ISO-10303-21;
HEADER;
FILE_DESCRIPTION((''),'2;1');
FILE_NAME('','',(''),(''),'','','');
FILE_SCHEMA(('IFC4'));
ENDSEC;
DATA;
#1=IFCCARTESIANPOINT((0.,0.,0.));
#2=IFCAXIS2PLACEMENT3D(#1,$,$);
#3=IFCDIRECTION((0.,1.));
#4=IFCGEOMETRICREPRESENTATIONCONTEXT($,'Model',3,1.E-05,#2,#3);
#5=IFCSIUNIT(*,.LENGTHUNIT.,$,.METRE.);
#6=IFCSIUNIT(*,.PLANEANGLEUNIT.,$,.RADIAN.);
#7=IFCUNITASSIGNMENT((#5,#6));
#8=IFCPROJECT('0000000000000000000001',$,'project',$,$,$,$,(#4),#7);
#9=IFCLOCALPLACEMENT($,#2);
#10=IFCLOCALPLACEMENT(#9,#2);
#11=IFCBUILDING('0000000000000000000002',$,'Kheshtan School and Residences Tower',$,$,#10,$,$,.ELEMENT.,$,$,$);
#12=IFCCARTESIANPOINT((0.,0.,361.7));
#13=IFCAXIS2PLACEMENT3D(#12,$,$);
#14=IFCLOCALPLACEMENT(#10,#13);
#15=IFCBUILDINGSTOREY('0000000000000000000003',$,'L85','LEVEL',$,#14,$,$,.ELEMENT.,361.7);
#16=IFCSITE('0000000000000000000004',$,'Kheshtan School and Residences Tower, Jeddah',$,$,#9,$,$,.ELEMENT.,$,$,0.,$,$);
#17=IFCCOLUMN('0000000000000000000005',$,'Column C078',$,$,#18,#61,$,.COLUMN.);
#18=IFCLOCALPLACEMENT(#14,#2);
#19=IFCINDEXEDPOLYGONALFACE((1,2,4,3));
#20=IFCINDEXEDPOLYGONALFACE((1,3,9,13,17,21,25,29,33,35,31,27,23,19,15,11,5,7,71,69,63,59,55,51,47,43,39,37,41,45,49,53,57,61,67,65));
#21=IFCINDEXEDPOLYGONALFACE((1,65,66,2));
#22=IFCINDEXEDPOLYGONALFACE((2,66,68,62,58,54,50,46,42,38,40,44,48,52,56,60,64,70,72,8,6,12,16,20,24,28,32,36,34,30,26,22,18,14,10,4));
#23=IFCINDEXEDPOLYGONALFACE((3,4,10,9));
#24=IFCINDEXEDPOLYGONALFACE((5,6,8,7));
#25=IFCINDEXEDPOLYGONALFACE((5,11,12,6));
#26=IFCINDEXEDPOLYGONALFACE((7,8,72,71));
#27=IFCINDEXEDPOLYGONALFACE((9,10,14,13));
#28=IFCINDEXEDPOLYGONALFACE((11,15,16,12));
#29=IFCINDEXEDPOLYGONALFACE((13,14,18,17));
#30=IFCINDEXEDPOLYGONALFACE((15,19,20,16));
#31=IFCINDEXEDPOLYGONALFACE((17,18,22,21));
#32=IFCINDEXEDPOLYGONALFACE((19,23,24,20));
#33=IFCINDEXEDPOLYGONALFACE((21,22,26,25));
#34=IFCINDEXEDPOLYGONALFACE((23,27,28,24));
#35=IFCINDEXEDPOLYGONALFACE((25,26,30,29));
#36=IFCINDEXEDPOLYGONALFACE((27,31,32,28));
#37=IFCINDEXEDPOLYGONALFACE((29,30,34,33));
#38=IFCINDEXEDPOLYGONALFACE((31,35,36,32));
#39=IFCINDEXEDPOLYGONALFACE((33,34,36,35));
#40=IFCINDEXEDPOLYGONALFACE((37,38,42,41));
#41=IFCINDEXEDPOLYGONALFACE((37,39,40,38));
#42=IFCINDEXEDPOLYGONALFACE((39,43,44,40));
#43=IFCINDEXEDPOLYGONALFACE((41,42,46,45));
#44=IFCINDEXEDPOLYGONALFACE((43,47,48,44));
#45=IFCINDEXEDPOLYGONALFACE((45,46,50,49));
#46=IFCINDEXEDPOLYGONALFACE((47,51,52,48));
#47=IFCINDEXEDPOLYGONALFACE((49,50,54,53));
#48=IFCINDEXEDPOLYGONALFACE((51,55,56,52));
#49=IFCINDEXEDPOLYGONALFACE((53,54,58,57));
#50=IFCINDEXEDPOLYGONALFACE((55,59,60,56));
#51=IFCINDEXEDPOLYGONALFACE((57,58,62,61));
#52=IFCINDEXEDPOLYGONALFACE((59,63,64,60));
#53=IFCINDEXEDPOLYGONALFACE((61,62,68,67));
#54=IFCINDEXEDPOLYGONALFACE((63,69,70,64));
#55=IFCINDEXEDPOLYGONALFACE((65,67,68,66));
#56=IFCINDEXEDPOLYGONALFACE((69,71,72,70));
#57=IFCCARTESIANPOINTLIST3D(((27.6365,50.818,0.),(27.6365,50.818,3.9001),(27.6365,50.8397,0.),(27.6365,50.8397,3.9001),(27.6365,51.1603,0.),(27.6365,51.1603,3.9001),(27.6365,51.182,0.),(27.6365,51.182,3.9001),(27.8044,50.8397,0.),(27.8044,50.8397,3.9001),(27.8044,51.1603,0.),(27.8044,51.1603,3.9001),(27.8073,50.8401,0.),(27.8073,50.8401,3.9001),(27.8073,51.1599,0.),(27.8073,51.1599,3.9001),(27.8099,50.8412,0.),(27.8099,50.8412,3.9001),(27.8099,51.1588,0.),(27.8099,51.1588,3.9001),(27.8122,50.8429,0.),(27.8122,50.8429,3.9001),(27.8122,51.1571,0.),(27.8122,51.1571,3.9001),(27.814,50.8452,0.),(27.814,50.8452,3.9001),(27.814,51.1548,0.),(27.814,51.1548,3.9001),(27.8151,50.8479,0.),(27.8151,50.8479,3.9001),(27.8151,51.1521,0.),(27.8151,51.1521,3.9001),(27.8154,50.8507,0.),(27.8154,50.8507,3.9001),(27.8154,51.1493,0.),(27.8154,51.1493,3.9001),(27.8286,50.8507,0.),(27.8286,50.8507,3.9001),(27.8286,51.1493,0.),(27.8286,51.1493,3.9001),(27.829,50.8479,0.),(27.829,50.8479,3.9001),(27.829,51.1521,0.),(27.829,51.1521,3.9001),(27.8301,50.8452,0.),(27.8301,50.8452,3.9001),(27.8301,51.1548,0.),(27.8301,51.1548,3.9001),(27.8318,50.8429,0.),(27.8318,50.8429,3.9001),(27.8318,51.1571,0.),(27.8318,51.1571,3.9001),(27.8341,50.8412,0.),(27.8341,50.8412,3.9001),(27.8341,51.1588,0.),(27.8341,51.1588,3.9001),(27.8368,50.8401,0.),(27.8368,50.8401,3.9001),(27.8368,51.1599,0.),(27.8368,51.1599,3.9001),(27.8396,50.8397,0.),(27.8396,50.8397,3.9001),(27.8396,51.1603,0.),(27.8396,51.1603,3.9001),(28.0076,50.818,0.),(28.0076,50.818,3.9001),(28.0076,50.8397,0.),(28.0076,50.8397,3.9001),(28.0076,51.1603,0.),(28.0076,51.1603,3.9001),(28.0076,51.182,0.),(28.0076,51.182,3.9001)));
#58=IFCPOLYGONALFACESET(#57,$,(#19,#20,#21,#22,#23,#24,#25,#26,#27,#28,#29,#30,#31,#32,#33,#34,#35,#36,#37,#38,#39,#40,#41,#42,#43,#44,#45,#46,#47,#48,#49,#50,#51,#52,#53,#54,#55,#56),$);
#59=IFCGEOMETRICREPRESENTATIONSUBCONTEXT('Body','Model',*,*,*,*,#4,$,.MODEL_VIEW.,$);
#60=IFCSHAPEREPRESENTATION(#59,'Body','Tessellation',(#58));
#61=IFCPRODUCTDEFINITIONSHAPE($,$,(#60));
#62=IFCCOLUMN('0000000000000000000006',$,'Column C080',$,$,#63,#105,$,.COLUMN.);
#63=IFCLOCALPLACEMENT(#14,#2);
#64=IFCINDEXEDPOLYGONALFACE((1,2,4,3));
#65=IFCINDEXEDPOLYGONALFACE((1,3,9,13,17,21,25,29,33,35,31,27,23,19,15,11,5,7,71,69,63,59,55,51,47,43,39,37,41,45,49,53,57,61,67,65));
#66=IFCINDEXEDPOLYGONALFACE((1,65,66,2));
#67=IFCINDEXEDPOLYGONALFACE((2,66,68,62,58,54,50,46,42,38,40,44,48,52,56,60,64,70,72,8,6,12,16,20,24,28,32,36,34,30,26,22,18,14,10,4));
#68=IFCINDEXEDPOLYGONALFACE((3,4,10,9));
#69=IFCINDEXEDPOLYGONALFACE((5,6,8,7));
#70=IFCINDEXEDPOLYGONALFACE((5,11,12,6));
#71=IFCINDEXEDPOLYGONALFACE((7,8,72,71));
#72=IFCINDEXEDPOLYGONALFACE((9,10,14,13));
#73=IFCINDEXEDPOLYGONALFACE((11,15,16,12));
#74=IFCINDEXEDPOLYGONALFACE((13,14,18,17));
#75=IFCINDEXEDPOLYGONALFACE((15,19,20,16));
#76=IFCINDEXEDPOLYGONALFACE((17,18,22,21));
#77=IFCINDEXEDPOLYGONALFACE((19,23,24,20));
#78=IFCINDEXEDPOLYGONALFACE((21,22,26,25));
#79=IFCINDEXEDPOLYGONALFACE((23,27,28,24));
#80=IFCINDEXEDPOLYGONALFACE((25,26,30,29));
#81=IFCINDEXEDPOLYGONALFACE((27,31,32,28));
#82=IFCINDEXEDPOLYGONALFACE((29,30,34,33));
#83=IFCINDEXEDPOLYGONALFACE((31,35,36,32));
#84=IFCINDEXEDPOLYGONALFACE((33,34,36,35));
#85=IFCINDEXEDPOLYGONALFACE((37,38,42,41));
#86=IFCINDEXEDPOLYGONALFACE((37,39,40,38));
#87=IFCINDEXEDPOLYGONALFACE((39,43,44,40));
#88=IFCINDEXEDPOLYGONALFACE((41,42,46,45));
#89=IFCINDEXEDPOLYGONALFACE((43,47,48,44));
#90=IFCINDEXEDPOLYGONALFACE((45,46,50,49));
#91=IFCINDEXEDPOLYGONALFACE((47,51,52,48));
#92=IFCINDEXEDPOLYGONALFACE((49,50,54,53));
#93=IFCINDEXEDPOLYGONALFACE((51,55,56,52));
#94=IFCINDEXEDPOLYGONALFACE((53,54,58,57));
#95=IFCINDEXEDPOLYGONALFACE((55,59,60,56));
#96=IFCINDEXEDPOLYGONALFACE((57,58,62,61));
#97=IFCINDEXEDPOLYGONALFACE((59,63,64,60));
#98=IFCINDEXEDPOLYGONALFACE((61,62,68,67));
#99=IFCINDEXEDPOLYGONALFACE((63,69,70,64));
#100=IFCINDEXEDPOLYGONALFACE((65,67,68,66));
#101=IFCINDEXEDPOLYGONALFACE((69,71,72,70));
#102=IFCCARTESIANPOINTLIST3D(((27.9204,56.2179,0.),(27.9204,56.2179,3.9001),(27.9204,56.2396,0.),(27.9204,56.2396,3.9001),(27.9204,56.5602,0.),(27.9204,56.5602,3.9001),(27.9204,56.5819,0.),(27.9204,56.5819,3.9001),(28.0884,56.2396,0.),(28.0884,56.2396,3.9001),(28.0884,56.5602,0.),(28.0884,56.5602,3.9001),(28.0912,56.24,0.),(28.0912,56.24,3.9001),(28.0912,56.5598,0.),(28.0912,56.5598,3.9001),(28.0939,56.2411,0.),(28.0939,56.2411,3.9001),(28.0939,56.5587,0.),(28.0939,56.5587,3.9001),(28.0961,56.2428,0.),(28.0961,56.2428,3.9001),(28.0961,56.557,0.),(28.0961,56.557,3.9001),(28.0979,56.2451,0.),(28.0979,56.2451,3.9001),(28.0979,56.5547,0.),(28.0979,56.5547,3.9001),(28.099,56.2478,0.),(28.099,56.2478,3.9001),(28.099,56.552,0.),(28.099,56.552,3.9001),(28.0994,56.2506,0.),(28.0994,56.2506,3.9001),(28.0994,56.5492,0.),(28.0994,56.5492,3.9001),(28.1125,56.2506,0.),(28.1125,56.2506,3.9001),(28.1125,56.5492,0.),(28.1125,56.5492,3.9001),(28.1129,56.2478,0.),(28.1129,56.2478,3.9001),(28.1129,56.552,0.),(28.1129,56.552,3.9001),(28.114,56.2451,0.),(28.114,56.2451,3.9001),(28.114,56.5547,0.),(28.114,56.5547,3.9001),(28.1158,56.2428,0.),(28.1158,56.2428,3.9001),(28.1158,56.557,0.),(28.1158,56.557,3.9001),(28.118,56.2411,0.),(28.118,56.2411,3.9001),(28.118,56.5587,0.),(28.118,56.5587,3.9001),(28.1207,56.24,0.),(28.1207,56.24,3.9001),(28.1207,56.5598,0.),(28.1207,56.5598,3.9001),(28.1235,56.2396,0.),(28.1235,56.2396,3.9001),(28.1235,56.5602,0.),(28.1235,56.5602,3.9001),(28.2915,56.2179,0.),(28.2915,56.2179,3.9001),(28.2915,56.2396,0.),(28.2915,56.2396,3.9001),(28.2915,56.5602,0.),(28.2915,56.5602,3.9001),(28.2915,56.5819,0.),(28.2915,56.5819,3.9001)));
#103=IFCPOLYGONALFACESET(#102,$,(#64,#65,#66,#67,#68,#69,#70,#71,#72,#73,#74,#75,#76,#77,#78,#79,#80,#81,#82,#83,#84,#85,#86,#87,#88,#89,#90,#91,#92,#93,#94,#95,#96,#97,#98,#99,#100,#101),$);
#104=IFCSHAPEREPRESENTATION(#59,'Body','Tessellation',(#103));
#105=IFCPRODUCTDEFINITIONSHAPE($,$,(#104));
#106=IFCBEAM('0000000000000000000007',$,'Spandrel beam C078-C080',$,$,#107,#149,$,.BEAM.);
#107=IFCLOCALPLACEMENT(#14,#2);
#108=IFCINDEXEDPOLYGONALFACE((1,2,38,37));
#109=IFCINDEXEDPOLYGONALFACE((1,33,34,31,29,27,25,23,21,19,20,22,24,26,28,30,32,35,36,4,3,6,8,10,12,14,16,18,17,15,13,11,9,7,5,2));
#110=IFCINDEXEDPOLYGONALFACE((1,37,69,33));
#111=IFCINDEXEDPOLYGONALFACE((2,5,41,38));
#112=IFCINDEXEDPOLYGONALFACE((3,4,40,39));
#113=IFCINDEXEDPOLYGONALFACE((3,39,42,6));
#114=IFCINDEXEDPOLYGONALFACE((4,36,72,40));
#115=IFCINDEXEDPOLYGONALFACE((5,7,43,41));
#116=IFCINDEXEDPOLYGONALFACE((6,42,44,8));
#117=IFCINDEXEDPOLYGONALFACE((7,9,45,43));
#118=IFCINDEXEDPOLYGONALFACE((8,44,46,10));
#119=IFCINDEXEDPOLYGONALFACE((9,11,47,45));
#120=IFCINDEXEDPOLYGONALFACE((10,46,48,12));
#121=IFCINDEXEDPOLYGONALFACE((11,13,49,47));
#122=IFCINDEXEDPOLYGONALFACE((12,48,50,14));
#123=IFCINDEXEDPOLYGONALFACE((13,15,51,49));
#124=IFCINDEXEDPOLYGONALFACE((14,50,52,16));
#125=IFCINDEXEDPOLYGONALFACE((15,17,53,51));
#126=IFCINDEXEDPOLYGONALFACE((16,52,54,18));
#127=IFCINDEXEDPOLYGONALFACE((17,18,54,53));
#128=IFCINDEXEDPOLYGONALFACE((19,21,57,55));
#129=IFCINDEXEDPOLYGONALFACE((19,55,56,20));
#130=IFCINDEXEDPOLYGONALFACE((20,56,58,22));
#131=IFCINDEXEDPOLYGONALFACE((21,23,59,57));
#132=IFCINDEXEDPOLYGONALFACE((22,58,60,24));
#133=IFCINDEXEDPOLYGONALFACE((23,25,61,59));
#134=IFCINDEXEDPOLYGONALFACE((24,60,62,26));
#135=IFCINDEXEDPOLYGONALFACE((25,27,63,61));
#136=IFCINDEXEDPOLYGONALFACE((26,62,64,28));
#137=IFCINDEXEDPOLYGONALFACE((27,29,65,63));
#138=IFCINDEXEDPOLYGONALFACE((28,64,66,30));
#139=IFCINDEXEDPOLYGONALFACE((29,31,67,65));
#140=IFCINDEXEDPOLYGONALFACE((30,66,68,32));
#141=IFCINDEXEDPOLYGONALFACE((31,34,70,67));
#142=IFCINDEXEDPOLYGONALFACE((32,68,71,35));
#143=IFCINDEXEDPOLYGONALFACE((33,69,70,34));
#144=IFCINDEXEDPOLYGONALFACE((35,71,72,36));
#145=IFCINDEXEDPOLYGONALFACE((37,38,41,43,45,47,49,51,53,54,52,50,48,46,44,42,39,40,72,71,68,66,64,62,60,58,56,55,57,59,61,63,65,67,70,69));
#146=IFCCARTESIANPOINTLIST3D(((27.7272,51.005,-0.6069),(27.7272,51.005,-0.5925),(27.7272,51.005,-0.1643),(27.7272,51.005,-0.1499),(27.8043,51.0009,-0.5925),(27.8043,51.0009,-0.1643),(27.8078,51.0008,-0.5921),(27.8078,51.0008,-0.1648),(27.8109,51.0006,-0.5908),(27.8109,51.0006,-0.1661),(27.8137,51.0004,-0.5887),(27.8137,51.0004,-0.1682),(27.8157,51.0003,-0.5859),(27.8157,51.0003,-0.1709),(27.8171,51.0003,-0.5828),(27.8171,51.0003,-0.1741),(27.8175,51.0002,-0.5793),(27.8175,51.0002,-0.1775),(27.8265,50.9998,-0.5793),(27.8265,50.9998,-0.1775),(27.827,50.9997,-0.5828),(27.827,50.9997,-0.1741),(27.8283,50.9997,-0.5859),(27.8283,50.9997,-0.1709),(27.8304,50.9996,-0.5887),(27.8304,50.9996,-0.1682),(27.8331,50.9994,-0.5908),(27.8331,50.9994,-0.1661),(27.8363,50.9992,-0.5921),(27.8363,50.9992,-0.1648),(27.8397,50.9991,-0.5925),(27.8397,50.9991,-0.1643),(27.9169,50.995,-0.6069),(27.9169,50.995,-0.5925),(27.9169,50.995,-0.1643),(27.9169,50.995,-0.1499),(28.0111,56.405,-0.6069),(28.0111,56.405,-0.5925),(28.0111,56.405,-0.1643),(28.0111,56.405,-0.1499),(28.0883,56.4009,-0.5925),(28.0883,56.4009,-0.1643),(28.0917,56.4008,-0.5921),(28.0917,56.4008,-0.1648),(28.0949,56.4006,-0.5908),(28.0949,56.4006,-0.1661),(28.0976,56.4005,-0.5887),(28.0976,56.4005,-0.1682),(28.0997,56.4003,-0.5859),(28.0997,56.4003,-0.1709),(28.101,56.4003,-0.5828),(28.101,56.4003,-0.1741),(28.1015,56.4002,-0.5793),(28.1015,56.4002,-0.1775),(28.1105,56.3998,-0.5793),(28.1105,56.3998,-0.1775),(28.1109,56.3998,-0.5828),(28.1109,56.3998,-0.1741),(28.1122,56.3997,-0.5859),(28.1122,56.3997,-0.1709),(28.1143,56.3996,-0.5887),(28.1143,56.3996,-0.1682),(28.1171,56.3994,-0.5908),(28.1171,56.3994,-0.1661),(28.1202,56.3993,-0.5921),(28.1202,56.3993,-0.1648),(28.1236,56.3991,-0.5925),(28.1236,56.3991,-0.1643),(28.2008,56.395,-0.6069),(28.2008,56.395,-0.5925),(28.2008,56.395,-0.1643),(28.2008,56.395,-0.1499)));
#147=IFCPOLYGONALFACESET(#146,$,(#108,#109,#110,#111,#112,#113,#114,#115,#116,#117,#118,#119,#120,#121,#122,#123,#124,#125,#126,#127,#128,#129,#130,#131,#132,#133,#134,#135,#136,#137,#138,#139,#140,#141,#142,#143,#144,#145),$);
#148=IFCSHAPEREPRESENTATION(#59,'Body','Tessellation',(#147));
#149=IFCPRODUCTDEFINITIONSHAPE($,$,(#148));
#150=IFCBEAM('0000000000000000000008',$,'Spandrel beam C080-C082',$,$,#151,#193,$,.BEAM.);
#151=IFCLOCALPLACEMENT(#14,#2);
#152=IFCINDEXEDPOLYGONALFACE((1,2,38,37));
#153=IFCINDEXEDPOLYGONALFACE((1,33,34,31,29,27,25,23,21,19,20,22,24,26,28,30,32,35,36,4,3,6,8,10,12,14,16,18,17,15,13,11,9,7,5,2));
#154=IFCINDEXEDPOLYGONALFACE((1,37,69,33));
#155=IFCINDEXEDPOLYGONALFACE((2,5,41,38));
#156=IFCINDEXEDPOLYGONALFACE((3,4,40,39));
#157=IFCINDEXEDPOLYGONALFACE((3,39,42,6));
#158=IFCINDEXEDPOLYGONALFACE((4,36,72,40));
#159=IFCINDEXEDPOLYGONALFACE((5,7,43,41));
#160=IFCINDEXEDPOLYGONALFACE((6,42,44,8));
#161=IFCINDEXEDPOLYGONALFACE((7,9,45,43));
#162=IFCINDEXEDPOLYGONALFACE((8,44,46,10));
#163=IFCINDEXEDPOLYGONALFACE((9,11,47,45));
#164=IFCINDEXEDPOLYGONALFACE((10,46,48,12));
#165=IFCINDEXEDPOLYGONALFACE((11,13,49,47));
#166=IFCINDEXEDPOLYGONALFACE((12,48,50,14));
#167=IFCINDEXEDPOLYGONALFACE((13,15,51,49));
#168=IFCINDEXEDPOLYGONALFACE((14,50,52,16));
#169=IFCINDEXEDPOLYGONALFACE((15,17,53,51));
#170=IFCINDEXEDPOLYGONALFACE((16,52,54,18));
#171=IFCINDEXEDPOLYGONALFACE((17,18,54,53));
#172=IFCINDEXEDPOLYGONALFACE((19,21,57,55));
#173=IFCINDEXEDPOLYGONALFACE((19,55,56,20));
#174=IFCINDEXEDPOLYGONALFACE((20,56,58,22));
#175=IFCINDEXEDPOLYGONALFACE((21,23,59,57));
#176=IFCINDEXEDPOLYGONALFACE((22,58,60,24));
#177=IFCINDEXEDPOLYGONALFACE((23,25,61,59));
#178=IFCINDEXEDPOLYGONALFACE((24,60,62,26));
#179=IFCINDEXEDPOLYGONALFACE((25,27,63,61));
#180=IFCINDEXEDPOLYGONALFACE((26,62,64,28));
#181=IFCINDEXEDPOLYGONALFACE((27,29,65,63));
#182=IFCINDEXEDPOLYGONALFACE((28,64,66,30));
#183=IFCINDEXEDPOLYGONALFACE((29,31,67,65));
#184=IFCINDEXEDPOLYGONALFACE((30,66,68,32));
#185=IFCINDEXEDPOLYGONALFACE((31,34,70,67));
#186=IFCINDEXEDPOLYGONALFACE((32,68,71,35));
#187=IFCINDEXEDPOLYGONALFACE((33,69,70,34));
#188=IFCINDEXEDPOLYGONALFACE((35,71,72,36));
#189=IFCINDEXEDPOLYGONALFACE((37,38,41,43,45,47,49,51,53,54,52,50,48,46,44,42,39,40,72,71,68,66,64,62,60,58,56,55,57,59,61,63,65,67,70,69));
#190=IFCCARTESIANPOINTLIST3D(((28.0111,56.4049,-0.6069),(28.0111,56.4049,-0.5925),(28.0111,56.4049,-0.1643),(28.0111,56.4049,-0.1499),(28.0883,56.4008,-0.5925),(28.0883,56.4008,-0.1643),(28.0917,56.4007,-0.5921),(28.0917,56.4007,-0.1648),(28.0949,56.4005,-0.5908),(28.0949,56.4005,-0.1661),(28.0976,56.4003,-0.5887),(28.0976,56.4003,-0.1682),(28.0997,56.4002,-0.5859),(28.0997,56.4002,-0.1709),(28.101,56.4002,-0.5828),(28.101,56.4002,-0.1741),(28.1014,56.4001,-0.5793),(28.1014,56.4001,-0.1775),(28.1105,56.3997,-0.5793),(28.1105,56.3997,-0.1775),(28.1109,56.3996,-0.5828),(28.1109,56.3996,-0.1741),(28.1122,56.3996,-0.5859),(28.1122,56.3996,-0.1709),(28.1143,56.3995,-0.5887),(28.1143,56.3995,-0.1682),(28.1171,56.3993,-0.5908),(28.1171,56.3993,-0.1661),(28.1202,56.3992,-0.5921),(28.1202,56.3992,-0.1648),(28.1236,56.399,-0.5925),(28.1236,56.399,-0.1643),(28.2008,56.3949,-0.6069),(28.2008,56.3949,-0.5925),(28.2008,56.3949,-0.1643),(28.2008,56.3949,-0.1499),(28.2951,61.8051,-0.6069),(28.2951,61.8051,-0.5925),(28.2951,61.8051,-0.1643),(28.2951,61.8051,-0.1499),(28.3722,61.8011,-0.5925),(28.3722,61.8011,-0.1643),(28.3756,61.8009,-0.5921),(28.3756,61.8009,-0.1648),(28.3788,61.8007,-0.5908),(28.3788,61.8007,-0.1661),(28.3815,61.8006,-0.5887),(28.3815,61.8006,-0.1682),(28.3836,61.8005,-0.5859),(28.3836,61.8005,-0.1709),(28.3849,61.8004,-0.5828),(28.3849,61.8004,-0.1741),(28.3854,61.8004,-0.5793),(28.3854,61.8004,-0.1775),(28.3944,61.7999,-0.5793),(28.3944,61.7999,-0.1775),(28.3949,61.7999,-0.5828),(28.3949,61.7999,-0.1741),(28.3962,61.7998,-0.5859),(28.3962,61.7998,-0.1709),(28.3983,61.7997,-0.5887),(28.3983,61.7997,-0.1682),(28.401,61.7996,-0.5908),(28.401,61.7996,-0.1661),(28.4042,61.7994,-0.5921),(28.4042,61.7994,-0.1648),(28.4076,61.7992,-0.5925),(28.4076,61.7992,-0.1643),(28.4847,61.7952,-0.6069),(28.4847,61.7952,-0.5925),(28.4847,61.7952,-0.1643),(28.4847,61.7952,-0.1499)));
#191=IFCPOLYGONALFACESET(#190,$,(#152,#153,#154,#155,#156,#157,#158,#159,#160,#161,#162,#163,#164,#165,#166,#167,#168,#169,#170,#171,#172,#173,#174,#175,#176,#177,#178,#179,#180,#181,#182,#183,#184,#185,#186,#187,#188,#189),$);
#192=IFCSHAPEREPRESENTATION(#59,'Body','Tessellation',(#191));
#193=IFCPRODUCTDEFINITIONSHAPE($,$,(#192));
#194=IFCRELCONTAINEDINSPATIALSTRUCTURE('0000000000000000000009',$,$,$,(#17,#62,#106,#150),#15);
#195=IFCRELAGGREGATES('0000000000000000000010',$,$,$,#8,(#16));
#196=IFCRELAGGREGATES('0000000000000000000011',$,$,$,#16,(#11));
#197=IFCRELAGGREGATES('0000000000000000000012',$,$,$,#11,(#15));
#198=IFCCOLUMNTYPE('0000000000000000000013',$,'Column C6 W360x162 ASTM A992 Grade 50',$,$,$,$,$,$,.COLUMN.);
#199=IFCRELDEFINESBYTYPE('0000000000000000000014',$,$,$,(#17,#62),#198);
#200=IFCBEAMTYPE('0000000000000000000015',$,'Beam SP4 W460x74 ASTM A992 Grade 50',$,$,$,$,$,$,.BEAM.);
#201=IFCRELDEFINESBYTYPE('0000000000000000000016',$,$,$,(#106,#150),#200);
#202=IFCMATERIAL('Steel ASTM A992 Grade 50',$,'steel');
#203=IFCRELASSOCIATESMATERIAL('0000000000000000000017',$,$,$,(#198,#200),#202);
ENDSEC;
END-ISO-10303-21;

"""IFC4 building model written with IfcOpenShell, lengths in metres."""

from ifc_helpers import new_model, si_unit, direction, frame, origin, origin_2d, place, context, subcontext, project, spatial, i_section, extrude, material, material_profile, profile_set, type_object, element, save


model = new_model("IFC4")

# Units and contexts
model_context = context("Model", 3, precision=1e-05, world=origin(), true_north=direction((0.0, 1.0)))
body_context = subcontext(model_context, "Body", "Model", "MODEL_VIEW")
ifc_project = project(units=[si_unit("LENGTHUNIT", "METRE"), si_unit("PLANEANGLEUNIT", "RADIAN")], contexts=[model_context])

# Site, building, storey
site_placement = place(None, origin())
site = spatial("IfcSite", under=ifc_project, at=site_placement, Name="Kheshtan School and Residences Tower, Jeddah", CompositionType="ELEMENT", RefElevation=0.0)
building_placement = place(site_placement, origin())
building = spatial("IfcBuilding", under=site, at=building_placement, Name="Kheshtan School and Residences Tower", CompositionType="ELEMENT")
storey_placement = place(building_placement, frame((0.0, 0.0, 361.7)))
storey = spatial("IfcBuildingStorey", under=building, at=storey_placement, Name="L85", Description="LEVEL", CompositionType="ELEMENT", Elevation=361.7)

# Columns
ifc_material_1 = material(Name="Steel ASTM A992 Grade 50", Category="steel")
ifc_material_profile_1 = material_profile(ifc_material_1, i_section(OverallWidth=0.3711, OverallDepth=0.364, WebThickness=0.0132, FlangeThickness=0.0217, FilletRadius=0.011, at=origin_2d()), Name="W360x162")
ifc_profile_set_1 = profile_set([ifc_material_profile_1], Name="Steel ASTM A992 Grade 50")
column_type = type_object("IfcColumnType", Name="Column C6 W360x162 ASTM A992 Grade 50", PredefinedType="COLUMN", material=ifc_profile_set_1)
for number, where, z_axis, x_axis, name in (
    (1, (27.822, 51.0, 0.0), (0.0, 0.0, 1.0), (1.0, 0.0, 0.0), "Column C078"),
    (2, (28.106, 56.3999, 0.0), (0.0, 0.0, 1.0), (1.0, 0.0, 0.0), "Column C080"),
):
    element("IfcColumn", number, at=place(storey_placement, frame(where, z_axis=z_axis, x_axis=x_axis)), inside=storey, type_object=column_type, Name=name, PredefinedType="COLUMN", context=body_context, shape_type="SweptSolid", body=[
        extrude(i_section(OverallWidth=0.3711, OverallDepth=0.364, WebThickness=0.0132, FlangeThickness=0.0217, FilletRadius=0.011, at=origin_2d()), origin(), (0.0, 0.0, 1.0), 3.9001),
    ])

# Beams
ifc_material_profile_2 = material_profile(ifc_material_1, i_section(OverallWidth=0.1899, OverallDepth=0.457, WebThickness=0.009, FlangeThickness=0.0144, FilletRadius=0.0132, at=origin_2d()), Name="W460x74")
ifc_profile_set_2 = profile_set([ifc_material_profile_2], Name="Steel ASTM A992 Grade 50")
beam_type = type_object("IfcBeamType", Name="Beam SP4 W460x74 ASTM A992 Grade 50", PredefinedType="BEAM", material=ifc_profile_set_2)
beam_1_placement = place(storey_placement, frame((27.822, 51.0, -0.3784), z_axis=(0.052509, 0.99862, 0.0), x_axis=(-0.99862, 0.052509, 0.0)))
element("IfcBeam", 3, at=beam_1_placement, inside=storey, type_object=beam_type, Name="Spandrel beam C078-C080", PredefinedType="BEAM", context=body_context, shape_type="SweptSolid", body=[
    extrude(i_section(OverallWidth=0.1899, OverallDepth=0.457, WebThickness=0.009, FlangeThickness=0.0144, FilletRadius=0.0132, at=origin_2d()), origin(), (0.0, 0.0, 1.0), 5.4075),
])
beam_2_placement = place(storey_placement, frame((28.106, 56.3999, -0.3784), z_axis=(0.052507, 0.998621, 0.0), x_axis=(-0.998621, 0.052507, 0.0)))
element("IfcBeam", 4, at=beam_2_placement, inside=storey, type_object=beam_type, Name="Spandrel beam C080-C082", PredefinedType="BEAM", context=body_context, shape_type="SweptSolid", body=[
    extrude(i_section(OverallWidth=0.1899, OverallDepth=0.457, WebThickness=0.009, FlangeThickness=0.0144, FilletRadius=0.0132, at=origin_2d()), origin(), (0.0, 0.0, 1.0), 5.4077),
])

save(model, "model.ifc")
